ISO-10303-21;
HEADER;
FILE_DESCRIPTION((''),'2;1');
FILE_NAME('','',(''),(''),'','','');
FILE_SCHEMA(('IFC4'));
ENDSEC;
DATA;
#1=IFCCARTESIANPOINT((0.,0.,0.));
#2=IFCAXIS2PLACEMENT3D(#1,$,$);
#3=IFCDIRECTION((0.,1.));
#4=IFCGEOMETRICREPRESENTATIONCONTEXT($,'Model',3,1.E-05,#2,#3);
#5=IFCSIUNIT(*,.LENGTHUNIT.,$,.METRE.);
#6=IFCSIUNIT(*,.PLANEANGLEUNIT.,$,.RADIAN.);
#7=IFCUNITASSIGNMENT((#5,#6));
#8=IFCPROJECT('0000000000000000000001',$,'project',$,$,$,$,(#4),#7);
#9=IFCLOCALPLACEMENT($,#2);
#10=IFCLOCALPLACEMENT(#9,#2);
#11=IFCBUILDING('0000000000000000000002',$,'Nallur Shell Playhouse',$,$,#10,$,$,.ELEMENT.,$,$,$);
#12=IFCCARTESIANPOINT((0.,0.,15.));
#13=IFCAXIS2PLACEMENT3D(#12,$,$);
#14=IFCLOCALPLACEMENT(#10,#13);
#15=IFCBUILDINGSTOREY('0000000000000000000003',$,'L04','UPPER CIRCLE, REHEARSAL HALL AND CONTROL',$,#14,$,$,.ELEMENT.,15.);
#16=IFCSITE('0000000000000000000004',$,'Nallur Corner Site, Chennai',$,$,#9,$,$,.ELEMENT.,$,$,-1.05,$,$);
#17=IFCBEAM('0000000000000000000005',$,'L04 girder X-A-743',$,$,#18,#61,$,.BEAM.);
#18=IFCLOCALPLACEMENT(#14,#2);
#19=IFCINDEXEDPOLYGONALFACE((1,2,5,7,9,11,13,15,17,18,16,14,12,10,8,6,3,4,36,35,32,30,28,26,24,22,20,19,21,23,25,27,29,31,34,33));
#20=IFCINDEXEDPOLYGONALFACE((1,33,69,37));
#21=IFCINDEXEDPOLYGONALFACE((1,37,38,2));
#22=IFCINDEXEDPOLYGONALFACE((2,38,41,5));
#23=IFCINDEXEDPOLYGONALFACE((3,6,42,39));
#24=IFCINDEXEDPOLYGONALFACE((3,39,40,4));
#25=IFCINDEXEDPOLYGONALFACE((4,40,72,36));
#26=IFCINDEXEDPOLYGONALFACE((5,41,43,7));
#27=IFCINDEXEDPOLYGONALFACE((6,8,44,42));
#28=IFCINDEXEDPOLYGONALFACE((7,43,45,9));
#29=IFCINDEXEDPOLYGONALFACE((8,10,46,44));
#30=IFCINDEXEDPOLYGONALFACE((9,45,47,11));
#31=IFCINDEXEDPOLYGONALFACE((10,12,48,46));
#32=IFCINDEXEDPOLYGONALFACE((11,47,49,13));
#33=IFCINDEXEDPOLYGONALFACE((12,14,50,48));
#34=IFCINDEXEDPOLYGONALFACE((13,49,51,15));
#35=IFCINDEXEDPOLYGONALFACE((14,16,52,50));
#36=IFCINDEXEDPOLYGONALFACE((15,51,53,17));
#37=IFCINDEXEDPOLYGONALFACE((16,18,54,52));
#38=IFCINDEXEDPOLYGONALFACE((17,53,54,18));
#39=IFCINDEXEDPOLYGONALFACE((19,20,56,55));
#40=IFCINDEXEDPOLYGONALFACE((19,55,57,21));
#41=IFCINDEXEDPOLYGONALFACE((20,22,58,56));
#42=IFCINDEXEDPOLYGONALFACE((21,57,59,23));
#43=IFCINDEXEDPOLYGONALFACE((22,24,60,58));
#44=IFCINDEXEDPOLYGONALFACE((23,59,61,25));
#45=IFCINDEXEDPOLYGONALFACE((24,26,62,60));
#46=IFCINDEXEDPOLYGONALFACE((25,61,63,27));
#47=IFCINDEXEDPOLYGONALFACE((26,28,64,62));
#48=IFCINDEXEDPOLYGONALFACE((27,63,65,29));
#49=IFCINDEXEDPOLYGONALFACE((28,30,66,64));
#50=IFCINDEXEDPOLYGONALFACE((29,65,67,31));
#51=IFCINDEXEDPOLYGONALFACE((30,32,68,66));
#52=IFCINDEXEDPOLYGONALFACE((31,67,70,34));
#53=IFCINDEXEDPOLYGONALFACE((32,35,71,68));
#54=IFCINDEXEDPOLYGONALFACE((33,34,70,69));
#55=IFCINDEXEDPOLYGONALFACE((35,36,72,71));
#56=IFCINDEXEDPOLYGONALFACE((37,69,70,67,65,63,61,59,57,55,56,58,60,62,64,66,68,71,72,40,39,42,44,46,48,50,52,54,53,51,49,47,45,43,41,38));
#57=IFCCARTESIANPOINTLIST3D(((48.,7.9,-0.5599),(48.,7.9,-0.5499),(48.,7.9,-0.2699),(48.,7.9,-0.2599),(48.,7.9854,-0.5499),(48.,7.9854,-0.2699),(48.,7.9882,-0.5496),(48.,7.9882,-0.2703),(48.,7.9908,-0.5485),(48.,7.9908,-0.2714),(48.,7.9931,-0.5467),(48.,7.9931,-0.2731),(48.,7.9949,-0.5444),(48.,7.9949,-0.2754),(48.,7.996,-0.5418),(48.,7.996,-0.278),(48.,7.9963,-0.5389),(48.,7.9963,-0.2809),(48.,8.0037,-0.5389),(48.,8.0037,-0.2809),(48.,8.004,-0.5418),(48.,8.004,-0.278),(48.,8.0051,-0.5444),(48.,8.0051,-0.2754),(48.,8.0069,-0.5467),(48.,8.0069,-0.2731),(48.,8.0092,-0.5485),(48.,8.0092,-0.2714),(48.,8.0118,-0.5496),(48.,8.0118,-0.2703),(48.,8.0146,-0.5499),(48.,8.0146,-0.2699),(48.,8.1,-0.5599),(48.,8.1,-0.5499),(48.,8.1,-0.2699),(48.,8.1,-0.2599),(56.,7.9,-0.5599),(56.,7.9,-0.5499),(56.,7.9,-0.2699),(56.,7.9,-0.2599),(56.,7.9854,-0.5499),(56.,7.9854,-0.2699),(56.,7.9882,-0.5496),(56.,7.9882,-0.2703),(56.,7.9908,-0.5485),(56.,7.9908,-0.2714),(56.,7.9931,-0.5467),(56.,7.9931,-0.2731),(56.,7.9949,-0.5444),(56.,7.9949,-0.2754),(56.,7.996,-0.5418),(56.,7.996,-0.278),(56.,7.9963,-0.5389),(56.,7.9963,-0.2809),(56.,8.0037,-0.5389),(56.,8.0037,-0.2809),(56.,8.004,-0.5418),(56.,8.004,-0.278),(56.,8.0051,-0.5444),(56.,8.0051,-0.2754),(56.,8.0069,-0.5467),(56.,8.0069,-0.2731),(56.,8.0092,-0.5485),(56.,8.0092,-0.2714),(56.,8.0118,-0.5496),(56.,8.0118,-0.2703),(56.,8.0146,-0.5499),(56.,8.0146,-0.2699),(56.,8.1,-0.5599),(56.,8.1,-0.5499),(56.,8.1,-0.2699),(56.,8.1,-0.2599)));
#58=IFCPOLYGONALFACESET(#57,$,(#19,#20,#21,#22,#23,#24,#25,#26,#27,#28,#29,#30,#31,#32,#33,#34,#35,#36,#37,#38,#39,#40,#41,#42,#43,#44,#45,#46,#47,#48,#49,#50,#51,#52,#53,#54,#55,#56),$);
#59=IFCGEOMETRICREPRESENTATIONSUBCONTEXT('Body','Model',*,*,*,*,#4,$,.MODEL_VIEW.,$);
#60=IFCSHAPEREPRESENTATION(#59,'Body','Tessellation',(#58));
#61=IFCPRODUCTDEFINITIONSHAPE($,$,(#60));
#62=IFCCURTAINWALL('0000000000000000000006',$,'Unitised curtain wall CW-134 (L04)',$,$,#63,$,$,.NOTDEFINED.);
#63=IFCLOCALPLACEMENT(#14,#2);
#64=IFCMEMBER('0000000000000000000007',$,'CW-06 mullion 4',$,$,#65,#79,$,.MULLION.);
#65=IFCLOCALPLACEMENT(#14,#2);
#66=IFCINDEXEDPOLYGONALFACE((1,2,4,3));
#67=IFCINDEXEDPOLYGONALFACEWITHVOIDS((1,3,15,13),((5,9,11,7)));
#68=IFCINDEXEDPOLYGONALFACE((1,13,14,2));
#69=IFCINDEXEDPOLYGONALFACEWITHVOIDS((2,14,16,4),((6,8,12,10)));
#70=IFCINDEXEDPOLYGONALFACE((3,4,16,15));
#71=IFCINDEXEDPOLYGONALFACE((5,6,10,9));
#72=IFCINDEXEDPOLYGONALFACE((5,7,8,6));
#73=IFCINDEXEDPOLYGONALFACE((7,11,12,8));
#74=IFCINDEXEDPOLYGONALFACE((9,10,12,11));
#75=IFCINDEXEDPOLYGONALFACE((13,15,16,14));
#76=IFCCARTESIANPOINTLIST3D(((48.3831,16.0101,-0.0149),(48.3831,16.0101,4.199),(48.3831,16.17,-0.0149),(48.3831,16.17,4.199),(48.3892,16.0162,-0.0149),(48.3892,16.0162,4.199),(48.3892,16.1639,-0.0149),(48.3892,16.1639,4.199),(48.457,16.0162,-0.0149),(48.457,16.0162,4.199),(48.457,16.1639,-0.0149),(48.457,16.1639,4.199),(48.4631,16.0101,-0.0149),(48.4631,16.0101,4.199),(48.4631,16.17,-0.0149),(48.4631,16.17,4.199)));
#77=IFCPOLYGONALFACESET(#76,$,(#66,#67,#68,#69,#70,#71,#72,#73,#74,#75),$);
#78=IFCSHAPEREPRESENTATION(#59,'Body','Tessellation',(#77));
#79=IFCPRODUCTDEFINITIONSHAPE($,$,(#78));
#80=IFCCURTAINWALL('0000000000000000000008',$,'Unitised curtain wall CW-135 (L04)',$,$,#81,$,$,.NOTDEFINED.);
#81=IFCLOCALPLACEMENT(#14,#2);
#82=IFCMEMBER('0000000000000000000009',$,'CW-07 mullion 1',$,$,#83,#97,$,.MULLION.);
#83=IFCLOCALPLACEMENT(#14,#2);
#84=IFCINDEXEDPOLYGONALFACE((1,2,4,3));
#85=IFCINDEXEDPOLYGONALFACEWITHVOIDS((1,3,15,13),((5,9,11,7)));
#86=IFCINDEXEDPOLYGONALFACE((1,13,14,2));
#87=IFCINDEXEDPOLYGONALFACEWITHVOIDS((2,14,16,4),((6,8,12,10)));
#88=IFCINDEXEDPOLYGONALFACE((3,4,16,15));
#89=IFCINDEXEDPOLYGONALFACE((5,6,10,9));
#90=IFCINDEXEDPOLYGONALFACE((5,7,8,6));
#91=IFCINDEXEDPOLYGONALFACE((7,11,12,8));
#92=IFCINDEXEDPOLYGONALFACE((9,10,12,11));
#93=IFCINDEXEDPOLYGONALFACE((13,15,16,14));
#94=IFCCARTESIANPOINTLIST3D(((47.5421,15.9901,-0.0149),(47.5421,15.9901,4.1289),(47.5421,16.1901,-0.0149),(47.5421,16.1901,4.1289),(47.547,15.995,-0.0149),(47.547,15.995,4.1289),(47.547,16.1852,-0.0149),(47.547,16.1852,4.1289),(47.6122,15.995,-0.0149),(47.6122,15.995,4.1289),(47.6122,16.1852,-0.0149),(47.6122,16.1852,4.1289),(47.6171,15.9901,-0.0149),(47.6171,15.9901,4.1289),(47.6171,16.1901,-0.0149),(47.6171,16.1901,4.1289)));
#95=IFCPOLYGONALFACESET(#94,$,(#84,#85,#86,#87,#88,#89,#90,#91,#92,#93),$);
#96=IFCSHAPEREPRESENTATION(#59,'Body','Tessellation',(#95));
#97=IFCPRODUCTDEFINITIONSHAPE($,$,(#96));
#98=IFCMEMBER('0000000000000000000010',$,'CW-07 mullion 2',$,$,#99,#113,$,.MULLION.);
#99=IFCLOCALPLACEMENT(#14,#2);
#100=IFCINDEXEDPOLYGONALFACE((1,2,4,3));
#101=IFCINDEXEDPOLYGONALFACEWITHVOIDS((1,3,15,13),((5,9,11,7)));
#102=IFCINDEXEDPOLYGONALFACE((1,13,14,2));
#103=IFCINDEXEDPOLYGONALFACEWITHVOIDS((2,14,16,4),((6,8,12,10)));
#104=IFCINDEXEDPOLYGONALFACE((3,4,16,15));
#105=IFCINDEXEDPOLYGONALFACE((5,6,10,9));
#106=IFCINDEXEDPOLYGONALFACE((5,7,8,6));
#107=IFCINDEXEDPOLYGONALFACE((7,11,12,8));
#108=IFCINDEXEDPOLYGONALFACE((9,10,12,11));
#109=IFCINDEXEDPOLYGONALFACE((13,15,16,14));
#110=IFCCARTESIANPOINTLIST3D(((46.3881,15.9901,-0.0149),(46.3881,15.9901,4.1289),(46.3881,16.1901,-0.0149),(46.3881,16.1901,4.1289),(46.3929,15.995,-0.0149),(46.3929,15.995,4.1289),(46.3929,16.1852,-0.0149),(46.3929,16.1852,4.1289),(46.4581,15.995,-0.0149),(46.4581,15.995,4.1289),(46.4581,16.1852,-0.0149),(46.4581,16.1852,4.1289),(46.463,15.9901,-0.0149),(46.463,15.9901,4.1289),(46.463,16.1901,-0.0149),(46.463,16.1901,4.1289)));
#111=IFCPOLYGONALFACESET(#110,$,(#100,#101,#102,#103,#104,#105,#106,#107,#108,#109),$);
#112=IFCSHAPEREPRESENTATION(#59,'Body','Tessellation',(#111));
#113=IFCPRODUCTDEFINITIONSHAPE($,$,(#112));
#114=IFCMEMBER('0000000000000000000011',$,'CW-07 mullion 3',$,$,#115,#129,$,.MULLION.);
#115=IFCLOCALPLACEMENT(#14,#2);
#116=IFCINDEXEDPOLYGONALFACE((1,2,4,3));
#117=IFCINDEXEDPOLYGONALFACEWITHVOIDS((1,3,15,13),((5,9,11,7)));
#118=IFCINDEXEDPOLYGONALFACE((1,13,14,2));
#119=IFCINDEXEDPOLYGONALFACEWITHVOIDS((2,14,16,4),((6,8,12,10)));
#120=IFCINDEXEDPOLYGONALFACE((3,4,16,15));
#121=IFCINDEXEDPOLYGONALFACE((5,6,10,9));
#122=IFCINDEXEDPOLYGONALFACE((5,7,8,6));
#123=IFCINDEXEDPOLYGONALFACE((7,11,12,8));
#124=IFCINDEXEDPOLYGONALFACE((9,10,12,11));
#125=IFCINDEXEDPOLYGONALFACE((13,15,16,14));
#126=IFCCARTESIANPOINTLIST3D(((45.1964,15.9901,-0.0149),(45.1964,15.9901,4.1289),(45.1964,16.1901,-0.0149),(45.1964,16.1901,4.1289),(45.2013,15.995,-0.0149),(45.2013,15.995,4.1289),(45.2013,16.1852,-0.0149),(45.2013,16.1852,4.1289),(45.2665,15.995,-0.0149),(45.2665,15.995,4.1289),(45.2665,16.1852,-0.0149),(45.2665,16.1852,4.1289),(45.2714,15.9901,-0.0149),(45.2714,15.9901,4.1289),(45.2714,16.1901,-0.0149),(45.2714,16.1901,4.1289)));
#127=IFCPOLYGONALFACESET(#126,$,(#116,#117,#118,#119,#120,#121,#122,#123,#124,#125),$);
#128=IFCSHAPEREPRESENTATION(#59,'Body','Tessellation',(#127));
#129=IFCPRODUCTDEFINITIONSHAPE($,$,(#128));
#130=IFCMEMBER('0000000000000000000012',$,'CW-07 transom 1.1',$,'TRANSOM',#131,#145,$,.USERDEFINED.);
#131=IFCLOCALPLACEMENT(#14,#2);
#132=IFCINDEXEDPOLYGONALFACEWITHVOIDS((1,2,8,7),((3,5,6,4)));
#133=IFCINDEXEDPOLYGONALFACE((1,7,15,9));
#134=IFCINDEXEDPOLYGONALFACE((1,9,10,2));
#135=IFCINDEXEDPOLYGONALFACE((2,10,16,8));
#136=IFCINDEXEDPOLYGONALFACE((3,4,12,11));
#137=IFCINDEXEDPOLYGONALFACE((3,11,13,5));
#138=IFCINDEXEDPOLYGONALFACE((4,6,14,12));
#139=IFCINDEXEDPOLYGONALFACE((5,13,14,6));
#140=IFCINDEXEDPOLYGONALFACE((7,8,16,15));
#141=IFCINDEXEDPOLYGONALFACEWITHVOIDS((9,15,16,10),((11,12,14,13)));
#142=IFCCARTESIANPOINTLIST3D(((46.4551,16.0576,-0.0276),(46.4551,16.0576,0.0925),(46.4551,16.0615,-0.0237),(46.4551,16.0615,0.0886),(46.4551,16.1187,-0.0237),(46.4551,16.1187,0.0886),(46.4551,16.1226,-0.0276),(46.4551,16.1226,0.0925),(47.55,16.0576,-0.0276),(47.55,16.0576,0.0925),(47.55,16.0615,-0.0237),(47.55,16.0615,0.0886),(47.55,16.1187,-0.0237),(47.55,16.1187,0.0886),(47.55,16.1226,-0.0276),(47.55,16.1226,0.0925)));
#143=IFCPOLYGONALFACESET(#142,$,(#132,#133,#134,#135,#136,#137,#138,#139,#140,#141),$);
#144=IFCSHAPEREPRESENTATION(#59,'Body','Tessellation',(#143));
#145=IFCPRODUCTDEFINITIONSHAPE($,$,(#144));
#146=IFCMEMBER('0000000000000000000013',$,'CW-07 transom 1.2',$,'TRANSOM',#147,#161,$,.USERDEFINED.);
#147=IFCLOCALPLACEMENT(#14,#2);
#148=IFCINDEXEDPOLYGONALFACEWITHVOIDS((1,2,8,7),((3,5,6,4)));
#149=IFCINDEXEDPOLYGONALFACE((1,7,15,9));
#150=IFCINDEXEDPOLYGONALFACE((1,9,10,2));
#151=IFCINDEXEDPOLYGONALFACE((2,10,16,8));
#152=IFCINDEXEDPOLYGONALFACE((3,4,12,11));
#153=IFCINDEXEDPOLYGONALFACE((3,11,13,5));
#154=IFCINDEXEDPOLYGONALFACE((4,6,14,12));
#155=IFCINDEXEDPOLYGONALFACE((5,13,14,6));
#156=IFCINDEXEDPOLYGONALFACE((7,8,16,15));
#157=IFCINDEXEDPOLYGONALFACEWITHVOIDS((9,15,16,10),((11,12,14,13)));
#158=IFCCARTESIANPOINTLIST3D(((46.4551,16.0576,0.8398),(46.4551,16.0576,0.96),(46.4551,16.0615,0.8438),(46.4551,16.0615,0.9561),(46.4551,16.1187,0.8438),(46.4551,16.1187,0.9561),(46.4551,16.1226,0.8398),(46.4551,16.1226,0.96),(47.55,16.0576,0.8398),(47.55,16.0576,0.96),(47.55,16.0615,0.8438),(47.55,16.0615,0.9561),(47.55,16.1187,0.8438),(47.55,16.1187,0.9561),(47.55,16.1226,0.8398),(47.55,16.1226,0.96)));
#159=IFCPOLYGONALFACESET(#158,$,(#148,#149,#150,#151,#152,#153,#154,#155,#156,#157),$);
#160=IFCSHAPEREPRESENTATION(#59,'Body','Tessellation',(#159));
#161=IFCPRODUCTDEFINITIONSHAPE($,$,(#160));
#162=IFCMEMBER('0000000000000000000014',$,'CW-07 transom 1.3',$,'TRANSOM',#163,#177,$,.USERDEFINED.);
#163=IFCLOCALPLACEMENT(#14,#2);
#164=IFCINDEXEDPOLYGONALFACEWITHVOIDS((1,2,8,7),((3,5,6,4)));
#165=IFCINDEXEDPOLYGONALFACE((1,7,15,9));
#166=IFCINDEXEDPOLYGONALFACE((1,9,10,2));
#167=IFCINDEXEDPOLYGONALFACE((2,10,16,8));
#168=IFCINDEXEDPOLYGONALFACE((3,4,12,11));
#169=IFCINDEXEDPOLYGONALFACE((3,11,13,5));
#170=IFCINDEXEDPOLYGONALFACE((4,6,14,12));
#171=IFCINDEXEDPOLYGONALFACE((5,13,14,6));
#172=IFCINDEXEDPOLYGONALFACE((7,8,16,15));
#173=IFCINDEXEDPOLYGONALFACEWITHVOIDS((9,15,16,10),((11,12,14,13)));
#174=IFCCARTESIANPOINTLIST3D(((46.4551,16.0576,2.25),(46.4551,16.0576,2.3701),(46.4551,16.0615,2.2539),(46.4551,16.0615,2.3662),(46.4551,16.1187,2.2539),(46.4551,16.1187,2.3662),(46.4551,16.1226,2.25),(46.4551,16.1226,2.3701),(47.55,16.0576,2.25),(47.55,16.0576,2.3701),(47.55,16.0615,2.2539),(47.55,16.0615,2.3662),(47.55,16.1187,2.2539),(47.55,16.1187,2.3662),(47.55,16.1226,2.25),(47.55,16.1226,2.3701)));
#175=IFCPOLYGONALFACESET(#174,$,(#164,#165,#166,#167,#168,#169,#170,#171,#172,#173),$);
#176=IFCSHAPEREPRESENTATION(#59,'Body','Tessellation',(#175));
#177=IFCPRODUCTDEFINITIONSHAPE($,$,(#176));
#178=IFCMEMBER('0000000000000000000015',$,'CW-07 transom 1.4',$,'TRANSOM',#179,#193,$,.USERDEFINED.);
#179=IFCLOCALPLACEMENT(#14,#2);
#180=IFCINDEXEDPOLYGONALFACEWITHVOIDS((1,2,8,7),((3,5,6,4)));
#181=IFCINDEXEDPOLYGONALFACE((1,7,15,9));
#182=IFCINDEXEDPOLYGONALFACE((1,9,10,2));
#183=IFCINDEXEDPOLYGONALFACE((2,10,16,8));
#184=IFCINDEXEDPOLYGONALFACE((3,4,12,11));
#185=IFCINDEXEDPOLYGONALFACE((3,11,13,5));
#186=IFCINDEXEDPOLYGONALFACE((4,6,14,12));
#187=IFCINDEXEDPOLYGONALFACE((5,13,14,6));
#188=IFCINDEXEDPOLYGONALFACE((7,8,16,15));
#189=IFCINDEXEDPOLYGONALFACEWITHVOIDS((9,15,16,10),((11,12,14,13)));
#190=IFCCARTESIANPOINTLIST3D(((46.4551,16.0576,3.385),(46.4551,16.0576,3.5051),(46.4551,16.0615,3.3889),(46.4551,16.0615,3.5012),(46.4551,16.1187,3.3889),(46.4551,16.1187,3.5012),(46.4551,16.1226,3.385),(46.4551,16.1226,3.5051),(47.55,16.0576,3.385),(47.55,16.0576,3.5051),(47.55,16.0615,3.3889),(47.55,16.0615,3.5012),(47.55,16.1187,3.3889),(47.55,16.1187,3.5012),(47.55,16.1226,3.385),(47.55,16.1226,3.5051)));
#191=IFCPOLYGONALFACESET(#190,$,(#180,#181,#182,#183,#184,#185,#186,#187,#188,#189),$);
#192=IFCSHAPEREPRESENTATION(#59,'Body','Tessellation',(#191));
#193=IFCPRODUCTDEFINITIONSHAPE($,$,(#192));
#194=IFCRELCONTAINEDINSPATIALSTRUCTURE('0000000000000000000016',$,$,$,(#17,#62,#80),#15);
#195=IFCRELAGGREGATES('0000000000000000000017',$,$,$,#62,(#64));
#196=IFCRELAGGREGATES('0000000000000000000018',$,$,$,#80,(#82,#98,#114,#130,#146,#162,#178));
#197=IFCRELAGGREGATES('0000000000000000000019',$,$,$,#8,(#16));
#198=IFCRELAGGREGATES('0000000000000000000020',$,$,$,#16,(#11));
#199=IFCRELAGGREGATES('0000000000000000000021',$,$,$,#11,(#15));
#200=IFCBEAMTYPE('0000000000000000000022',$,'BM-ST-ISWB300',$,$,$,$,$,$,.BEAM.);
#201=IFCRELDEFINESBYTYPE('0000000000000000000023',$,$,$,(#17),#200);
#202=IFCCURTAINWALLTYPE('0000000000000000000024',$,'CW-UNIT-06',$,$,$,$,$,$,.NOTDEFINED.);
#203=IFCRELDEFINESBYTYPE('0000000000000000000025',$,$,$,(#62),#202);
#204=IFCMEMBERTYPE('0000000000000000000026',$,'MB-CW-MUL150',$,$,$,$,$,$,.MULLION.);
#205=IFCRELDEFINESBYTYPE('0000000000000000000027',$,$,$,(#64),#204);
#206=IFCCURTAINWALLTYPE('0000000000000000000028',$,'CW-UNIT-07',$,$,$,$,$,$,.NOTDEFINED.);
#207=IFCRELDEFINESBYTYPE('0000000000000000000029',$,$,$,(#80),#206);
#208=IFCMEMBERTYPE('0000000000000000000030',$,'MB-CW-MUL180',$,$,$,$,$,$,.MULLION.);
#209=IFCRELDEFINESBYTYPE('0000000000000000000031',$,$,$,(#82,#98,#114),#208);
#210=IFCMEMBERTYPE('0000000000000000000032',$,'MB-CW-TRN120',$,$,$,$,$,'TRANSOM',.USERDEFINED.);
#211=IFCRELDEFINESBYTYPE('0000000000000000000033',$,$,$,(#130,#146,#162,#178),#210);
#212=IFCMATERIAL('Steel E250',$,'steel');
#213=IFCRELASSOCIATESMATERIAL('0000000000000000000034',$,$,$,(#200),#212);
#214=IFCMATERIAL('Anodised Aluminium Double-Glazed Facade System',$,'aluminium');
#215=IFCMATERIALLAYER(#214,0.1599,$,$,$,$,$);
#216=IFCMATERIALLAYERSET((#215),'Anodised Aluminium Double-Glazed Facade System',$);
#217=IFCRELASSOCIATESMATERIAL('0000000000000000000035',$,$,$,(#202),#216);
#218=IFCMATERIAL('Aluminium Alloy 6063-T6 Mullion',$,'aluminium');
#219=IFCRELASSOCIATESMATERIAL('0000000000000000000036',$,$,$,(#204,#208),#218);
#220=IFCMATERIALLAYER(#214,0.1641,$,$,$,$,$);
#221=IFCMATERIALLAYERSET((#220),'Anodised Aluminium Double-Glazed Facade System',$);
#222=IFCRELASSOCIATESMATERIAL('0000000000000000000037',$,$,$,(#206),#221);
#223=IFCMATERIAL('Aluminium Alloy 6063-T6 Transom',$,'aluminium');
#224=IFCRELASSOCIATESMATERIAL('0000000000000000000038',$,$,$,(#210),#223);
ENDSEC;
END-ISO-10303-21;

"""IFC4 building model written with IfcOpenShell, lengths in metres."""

from ifc_helpers import new_model, si_unit, direction, frame, origin, origin_2d, place, context, subcontext, project, spatial, hollow_rectangle, i_section, extrude, material, layer, layer_set, material_profile, profile_set, type_object, element, aggregate, save


model = new_model("IFC4")

# Units and contexts
model_context = context("Model", 3, precision=1e-05, world=origin(), true_north=direction((0.0, 1.0)))
body_context = subcontext(model_context, "Body", "Model", "MODEL_VIEW")
ifc_project = project(units=[si_unit("LENGTHUNIT", "METRE"), si_unit("PLANEANGLEUNIT", "RADIAN")], contexts=[model_context])

# Site, building, storey
site_placement = place(None, origin())
site = spatial("IfcSite", under=ifc_project, at=site_placement, Name="Nallur Corner Site, Chennai", CompositionType="ELEMENT", RefElevation=-1.05)
building_placement = place(site_placement, origin())
building = spatial("IfcBuilding", under=site, at=building_placement, Name="Nallur Shell Playhouse", CompositionType="ELEMENT")
storey_placement = place(building_placement, frame((0.0, 0.0, 15.0)))
storey = spatial("IfcBuildingStorey", under=building, at=storey_placement, Name="L04", Description="UPPER CIRCLE, REHEARSAL HALL AND CONTROL", CompositionType="ELEMENT", Elevation=15.0)

# Beam
ifc_material_1 = material(Name="Steel E250", Category="steel")
ifc_material_profile_1 = material_profile(ifc_material_1, i_section(OverallWidth=0.2, OverallDepth=0.3, WebThickness=0.0073, FlangeThickness=0.01, FilletRadius=0.011, at=origin_2d()), Name="ISWB 300")
ifc_profile_set_1 = profile_set([ifc_material_profile_1], Name="Steel E250")
beam_type_1 = type_object("IfcBeamType", Name="BM-ST-ISWB300", PredefinedType="BEAM", material=ifc_profile_set_1)
beam_1_placement = place(storey_placement, frame((48.0, 8.0, -0.4099), z_axis=(1.0, 0.0, 0.0), x_axis=(0.0, 1.0, 0.0)))
element("IfcBeam", 1, at=beam_1_placement, inside=storey, type_object=beam_type_1, Name="L04 girder X-A-743", PredefinedType="BEAM", context=body_context, shape_type="SweptSolid", body=[
    extrude(i_section(OverallWidth=0.2, OverallDepth=0.3, WebThickness=0.0073, FlangeThickness=0.01, FilletRadius=0.011, at=origin_2d()), origin(), (0.0, 0.0, 1.0), 8.0),
])

# Curtain wall, member
ifc_material_2 = material(Name="Anodised Aluminium Double-Glazed Facade System", Category="aluminium")
ifc_layer_1 = layer(ifc_material_2, 0.1599)
ifc_layer_set_1 = layer_set([ifc_layer_1], Name="Anodised Aluminium Double-Glazed Facade System")
curtain_wall_type_1 = type_object("IfcCurtainWallType", Name="CW-UNIT-06", PredefinedType="NOTDEFINED", material=ifc_layer_set_1)
curtain_wall_1_placement = place(storey_placement, origin())
curtain_wall_1 = element("IfcCurtainWall", 2, at=curtain_wall_1_placement, inside=storey, type_object=curtain_wall_type_1, Name="Unitised curtain wall CW-134 (L04)", PredefinedType="NOTDEFINED")
ifc_material_3 = material(Name="Aluminium Alloy 6063-T6 Mullion", Category="aluminium")
ifc_material_profile_2 = material_profile(ifc_material_3, hollow_rectangle(XDim=0.0801, YDim=0.1599, WallThickness=0.0061, at=origin_2d()), Name="RHS 160x80x6")
ifc_profile_set_2 = profile_set([ifc_material_profile_2], Name="Aluminium Alloy 6063-T6 Mullion")
member_type_1 = type_object("IfcMemberType", Name="MB-CW-MUL150", PredefinedType="MULLION", material=ifc_profile_set_2)
member_1_placement = place(storey_placement, frame((48.4231, 16.0901, -0.0149), z_axis=(0.0, 0.0, 1.0), x_axis=(-1.0, 0.0, 0.0)))
member_1 = element("IfcMember", 3, at=member_1_placement, type_object=member_type_1, Name="CW-06 mullion 4", PredefinedType="MULLION", context=body_context, shape_type="SweptSolid", body=[
    extrude(hollow_rectangle(XDim=0.0801, YDim=0.1599, WallThickness=0.0061, at=origin_2d()), origin(), (0.0, 0.0, 1.0), 4.2139),
])

# Curtain wall, members
ifc_layer_2 = layer(ifc_material_2, 0.1641)
ifc_layer_set_2 = layer_set([ifc_layer_2], Name="Anodised Aluminium Double-Glazed Facade System")
curtain_wall_type_2 = type_object("IfcCurtainWallType", Name="CW-UNIT-07", PredefinedType="NOTDEFINED", material=ifc_layer_set_2)
curtain_wall_2_placement = place(storey_placement, origin())
curtain_wall_2 = element("IfcCurtainWall", 4, at=curtain_wall_2_placement, inside=storey, type_object=curtain_wall_type_2, Name="Unitised curtain wall CW-135 (L04)", PredefinedType="NOTDEFINED")
ifc_material_profile_3 = material_profile(ifc_material_3, hollow_rectangle(XDim=0.075, YDim=0.2, WallThickness=0.0049, at=origin_2d()), Name="ALU 75x200x5")
ifc_profile_set_3 = profile_set([ifc_material_profile_3], Name="Aluminium Alloy 6063-T6 Mullion")
member_type_2 = type_object("IfcMemberType", Name="MB-CW-MUL180", PredefinedType="MULLION", material=ifc_profile_set_3)
member_2_placement = place(storey_placement, frame((47.5796, 16.0901, -0.0149), z_axis=(0.0, 0.0, 1.0), x_axis=(-1.0, 0.0, 0.0)))
member_2 = element("IfcMember", 5, at=member_2_placement, type_object=member_type_2, Name="CW-07 mullion 1", PredefinedType="MULLION", context=body_context, shape_type="SweptSolid", body=[
    extrude(hollow_rectangle(XDim=0.075, YDim=0.2, WallThickness=0.0049, at=origin_2d()), origin(), (0.0, 0.0, 1.0), 4.1438),
])
member_3_placement = place(storey_placement, frame((46.4255, 16.0901, -0.0149), z_axis=(0.0, 0.0, 1.0), x_axis=(-1.0, 0.0, 0.0)))
member_3 = element("IfcMember", 6, at=member_3_placement, type_object=member_type_2, Name="CW-07 mullion 2", PredefinedType="MULLION", context=body_context, shape_type="SweptSolid", body=[
    extrude(hollow_rectangle(XDim=0.075, YDim=0.2, WallThickness=0.0049, at=origin_2d()), origin(), (0.0, 0.0, 1.0), 4.1438),
])
member_4_placement = place(storey_placement, frame((45.2339, 16.0901, -0.0149), z_axis=(0.0, 0.0, 1.0), x_axis=(-1.0, 0.0, 0.0)))
member_4 = element("IfcMember", 7, at=member_4_placement, type_object=member_type_2, Name="CW-07 mullion 3", PredefinedType="MULLION", context=body_context, shape_type="SweptSolid", body=[
    extrude(hollow_rectangle(XDim=0.075, YDim=0.2, WallThickness=0.0049, at=origin_2d()), origin(), (0.0, 0.0, 1.0), 4.1438),
])
ifc_material_4 = material(Name="Aluminium Alloy 6063-T6 Transom", Category="aluminium")
ifc_material_profile_4 = material_profile(ifc_material_4, hollow_rectangle(XDim=0.0649, YDim=0.1201, WallThickness=0.0039, at=origin_2d()), Name="ALU 65x120x4")
ifc_profile_set_4 = profile_set([ifc_material_profile_4], Name="Aluminium Alloy 6063-T6 Transom")
member_type_3 = type_object("IfcMemberType", Name="MB-CW-TRN120", ElementType="TRANSOM", PredefinedType="USERDEFINED", material=ifc_profile_set_4)
member_5_placement = place(storey_placement, frame((47.55, 16.0901, 0.0325), z_axis=(-1.0, 0.0, 0.0), x_axis=(0.0, -1.0, 0.0)))
member_5 = element("IfcMember", 8, at=member_5_placement, type_object=member_type_3, Name="CW-07 transom 1.1", ObjectType="TRANSOM", PredefinedType="USERDEFINED", context=body_context, shape_type="SweptSolid", body=[
    extrude(hollow_rectangle(XDim=0.0649, YDim=0.1201, WallThickness=0.0039, at=origin_2d()), origin(), (0.0, 0.0, 1.0), 1.095),
])
member_6_placement = place(storey_placement, frame((47.55, 16.0901, 0.8999), z_axis=(-1.0, 0.0, 0.0), x_axis=(0.0, -1.0, 0.0)))
member_6 = element("IfcMember", 9, at=member_6_placement, type_object=member_type_3, Name="CW-07 transom 1.2", ObjectType="TRANSOM", PredefinedType="USERDEFINED", context=body_context, shape_type="SweptSolid", body=[
    extrude(hollow_rectangle(XDim=0.0649, YDim=0.1201, WallThickness=0.0039, at=origin_2d()), origin(), (0.0, 0.0, 1.0), 1.095),
])
member_7_placement = place(storey_placement, frame((47.55, 16.0901, 2.3101), z_axis=(-1.0, 0.0, 0.0), x_axis=(0.0, -1.0, 0.0)))
member_7 = element("IfcMember", 10, at=member_7_placement, type_object=member_type_3, Name="CW-07 transom 1.3", ObjectType="TRANSOM", PredefinedType="USERDEFINED", context=body_context, shape_type="SweptSolid", body=[
    extrude(hollow_rectangle(XDim=0.0649, YDim=0.1201, WallThickness=0.0039, at=origin_2d()), origin(), (0.0, 0.0, 1.0), 1.095),
])
member_8_placement = place(storey_placement, frame((47.55, 16.0901, 3.4451), z_axis=(-1.0, 0.0, 0.0), x_axis=(0.0, -1.0, 0.0)))
member_8 = element("IfcMember", 11, at=member_8_placement, type_object=member_type_3, Name="CW-07 transom 1.4", ObjectType="TRANSOM", PredefinedType="USERDEFINED", context=body_context, shape_type="SweptSolid", body=[
    extrude(hollow_rectangle(XDim=0.0649, YDim=0.1201, WallThickness=0.0039, at=origin_2d()), origin(), (0.0, 0.0, 1.0), 1.095),
])

aggregate(curtain_wall_1, [member_1])
aggregate(curtain_wall_2, [member_2, member_3, member_4, member_5, member_6, member_7, member_8])

save(model, "model.ifc")
